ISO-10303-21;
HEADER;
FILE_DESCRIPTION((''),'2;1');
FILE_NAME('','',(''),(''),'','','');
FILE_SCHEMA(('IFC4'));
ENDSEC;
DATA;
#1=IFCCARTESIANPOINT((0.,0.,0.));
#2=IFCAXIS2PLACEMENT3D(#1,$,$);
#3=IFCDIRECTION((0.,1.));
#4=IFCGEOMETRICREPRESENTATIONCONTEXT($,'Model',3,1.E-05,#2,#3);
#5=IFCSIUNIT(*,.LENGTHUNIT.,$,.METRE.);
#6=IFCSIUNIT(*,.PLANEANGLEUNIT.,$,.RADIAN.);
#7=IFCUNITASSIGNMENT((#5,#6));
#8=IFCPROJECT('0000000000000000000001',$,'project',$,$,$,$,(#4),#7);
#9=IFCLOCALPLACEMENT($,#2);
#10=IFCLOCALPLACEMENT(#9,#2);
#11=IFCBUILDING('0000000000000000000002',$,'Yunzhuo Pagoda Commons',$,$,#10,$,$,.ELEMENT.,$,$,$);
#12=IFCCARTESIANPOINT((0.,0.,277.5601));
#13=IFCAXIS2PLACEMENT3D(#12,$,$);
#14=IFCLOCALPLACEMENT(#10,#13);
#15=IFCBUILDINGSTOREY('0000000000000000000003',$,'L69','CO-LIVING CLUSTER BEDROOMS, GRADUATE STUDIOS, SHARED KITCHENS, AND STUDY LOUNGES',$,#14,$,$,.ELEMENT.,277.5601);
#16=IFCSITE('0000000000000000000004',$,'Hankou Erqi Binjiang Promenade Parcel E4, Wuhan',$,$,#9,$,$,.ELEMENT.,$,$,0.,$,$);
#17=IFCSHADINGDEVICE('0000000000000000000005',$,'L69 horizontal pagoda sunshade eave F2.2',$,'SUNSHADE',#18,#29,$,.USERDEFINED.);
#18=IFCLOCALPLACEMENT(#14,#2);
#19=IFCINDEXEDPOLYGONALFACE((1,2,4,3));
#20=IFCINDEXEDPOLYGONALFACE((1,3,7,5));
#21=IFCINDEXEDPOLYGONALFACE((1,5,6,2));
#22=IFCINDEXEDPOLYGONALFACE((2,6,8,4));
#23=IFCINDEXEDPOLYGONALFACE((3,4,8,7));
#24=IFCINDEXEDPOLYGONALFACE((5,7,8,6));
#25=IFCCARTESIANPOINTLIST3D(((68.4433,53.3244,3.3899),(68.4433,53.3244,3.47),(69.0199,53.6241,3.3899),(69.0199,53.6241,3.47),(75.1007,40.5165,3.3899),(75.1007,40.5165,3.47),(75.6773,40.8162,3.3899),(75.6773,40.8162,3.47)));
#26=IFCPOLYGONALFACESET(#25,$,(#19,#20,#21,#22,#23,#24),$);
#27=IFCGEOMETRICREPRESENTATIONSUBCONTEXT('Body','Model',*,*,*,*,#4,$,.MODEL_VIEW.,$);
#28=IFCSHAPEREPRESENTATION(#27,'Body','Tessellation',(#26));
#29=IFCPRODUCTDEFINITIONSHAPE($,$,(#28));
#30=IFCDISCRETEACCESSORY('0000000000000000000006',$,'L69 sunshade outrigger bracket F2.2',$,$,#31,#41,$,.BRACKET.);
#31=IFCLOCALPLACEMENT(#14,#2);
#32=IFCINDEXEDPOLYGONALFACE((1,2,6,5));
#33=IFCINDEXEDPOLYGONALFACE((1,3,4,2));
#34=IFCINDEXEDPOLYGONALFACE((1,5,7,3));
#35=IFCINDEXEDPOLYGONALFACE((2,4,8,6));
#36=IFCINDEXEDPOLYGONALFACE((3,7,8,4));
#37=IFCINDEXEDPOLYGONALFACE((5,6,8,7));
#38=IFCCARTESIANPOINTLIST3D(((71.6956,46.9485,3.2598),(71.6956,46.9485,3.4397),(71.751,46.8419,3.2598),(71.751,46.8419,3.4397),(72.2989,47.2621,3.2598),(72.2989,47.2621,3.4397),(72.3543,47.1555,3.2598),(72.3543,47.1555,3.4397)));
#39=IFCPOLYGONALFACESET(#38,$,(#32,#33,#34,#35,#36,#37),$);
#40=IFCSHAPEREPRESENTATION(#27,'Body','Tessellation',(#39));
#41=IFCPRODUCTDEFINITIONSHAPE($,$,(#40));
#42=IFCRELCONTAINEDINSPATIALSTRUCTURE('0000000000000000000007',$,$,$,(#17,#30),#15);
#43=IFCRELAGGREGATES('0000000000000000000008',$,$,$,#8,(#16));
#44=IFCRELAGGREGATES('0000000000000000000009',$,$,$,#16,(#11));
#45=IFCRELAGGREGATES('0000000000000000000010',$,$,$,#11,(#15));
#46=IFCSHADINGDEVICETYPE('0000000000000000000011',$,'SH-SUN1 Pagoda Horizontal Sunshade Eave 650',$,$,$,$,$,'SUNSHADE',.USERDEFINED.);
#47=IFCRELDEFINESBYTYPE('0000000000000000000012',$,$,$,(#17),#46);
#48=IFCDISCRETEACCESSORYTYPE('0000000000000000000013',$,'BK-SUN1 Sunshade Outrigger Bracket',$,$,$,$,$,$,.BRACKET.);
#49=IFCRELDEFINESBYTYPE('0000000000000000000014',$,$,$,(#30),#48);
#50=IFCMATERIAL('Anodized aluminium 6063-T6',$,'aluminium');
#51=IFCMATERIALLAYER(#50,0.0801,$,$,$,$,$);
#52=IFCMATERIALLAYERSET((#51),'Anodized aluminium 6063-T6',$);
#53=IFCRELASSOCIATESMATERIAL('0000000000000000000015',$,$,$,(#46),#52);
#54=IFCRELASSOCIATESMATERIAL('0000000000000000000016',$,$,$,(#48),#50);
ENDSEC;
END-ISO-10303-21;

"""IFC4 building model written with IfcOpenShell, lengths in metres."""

from ifc_helpers import new_model, si_unit, direction, frame, origin, origin_2d, place, context, subcontext, project, spatial, rectangle, extrude, source, transform, mapped, material, layer, layer_set, type_object, element, save


model = new_model("IFC4")

# Units and contexts
model_context = context("Model", 3, precision=1e-05, world=origin(), true_north=direction((0.0, 1.0)))
body_context = subcontext(model_context, "Body", "Model", "MODEL_VIEW")
ifc_project = project(units=[si_unit("LENGTHUNIT", "METRE"), si_unit("PLANEANGLEUNIT", "RADIAN")], contexts=[model_context])

# Site, building, storey
site_placement = place(None, origin())
site = spatial("IfcSite", under=ifc_project, at=site_placement, Name="Hankou Erqi Binjiang Promenade Parcel E4, Wuhan", CompositionType="ELEMENT", RefElevation=0.0)
building_placement = place(site_placement, origin())
building = spatial("IfcBuilding", under=site, at=building_placement, Name="Yunzhuo Pagoda Commons", CompositionType="ELEMENT")
storey_placement = place(building_placement, frame((0.0, 0.0, 277.5601)))
storey = spatial("IfcBuildingStorey", under=building, at=storey_placement, Name="L69", Description="CO-LIVING CLUSTER BEDROOMS, GRADUATE STUDIOS, SHARED KITCHENS, AND STUDY LOUNGES", CompositionType="ELEMENT", Elevation=277.5601)

# Shared definitions
ifc_material_1 = material(Name="Anodized aluminium 6063-T6", Category="aluminium")

# Shading device
ifc_layer_1 = layer(ifc_material_1, 0.0801)
ifc_layer_set_1 = layer_set([ifc_layer_1], Name="Anodized aluminium 6063-T6")
shading_device_type = type_object("IfcShadingDeviceType", Name="SH-SUN1 Pagoda Horizontal Sunshade Eave 650", ElementType="SUNSHADE", PredefinedType="USERDEFINED", material=ifc_layer_set_1)
shared_shape_1 = source(origin(), body_context, "Body", "SweptSolid", [
    extrude(rectangle(XDim=14.4348, YDim=0.6499, at=origin_2d()), origin(), (0.0, 0.0, 1.0), 0.0801),
])
shading_device_placement = place(storey_placement, frame((72.0603, 47.0703, 3.3899), z_axis=(0.0, 0.0, 1.0), x_axis=(-0.461207, 0.887293, 0.0)))
element("IfcShadingDevice", 1, at=shading_device_placement, inside=storey, type_object=shading_device_type, Name="L69 horizontal pagoda sunshade eave F2.2", ObjectType="SUNSHADE", PredefinedType="USERDEFINED", context=body_context, shape_type="MappedRepresentation", body=[
    mapped(shared_shape_1, transform((0.0, 0.0, 0.0), scale=1.0)),
])

# Discrete accessory
discrete_accessory_type = type_object("IfcDiscreteAccessoryType", Name="BK-SUN1 Sunshade Outrigger Bracket", PredefinedType="BRACKET", material=ifc_material_1)
shared_shape_2 = source(origin(), body_context, "Body", "SweptSolid", [
    extrude(rectangle(XDim=0.1201, YDim=0.6799, at=origin_2d()), origin(), (0.0, 0.0, 1.0), 0.1799),
])
discrete_accessory_placement = place(storey_placement, frame((72.0249, 47.052, 3.2598), z_axis=(0.0, 0.0, 1.0), x_axis=(-0.461207, 0.887293, 0.0)))
element("IfcDiscreteAccessory", 2, at=discrete_accessory_placement, inside=storey, type_object=discrete_accessory_type, Name="L69 sunshade outrigger bracket F2.2", PredefinedType="BRACKET", context=body_context, shape_type="MappedRepresentation", body=[
    mapped(shared_shape_2, transform((0.0, 0.0, 0.0), scale=1.0)),
])

save(model, "model.ifc")
